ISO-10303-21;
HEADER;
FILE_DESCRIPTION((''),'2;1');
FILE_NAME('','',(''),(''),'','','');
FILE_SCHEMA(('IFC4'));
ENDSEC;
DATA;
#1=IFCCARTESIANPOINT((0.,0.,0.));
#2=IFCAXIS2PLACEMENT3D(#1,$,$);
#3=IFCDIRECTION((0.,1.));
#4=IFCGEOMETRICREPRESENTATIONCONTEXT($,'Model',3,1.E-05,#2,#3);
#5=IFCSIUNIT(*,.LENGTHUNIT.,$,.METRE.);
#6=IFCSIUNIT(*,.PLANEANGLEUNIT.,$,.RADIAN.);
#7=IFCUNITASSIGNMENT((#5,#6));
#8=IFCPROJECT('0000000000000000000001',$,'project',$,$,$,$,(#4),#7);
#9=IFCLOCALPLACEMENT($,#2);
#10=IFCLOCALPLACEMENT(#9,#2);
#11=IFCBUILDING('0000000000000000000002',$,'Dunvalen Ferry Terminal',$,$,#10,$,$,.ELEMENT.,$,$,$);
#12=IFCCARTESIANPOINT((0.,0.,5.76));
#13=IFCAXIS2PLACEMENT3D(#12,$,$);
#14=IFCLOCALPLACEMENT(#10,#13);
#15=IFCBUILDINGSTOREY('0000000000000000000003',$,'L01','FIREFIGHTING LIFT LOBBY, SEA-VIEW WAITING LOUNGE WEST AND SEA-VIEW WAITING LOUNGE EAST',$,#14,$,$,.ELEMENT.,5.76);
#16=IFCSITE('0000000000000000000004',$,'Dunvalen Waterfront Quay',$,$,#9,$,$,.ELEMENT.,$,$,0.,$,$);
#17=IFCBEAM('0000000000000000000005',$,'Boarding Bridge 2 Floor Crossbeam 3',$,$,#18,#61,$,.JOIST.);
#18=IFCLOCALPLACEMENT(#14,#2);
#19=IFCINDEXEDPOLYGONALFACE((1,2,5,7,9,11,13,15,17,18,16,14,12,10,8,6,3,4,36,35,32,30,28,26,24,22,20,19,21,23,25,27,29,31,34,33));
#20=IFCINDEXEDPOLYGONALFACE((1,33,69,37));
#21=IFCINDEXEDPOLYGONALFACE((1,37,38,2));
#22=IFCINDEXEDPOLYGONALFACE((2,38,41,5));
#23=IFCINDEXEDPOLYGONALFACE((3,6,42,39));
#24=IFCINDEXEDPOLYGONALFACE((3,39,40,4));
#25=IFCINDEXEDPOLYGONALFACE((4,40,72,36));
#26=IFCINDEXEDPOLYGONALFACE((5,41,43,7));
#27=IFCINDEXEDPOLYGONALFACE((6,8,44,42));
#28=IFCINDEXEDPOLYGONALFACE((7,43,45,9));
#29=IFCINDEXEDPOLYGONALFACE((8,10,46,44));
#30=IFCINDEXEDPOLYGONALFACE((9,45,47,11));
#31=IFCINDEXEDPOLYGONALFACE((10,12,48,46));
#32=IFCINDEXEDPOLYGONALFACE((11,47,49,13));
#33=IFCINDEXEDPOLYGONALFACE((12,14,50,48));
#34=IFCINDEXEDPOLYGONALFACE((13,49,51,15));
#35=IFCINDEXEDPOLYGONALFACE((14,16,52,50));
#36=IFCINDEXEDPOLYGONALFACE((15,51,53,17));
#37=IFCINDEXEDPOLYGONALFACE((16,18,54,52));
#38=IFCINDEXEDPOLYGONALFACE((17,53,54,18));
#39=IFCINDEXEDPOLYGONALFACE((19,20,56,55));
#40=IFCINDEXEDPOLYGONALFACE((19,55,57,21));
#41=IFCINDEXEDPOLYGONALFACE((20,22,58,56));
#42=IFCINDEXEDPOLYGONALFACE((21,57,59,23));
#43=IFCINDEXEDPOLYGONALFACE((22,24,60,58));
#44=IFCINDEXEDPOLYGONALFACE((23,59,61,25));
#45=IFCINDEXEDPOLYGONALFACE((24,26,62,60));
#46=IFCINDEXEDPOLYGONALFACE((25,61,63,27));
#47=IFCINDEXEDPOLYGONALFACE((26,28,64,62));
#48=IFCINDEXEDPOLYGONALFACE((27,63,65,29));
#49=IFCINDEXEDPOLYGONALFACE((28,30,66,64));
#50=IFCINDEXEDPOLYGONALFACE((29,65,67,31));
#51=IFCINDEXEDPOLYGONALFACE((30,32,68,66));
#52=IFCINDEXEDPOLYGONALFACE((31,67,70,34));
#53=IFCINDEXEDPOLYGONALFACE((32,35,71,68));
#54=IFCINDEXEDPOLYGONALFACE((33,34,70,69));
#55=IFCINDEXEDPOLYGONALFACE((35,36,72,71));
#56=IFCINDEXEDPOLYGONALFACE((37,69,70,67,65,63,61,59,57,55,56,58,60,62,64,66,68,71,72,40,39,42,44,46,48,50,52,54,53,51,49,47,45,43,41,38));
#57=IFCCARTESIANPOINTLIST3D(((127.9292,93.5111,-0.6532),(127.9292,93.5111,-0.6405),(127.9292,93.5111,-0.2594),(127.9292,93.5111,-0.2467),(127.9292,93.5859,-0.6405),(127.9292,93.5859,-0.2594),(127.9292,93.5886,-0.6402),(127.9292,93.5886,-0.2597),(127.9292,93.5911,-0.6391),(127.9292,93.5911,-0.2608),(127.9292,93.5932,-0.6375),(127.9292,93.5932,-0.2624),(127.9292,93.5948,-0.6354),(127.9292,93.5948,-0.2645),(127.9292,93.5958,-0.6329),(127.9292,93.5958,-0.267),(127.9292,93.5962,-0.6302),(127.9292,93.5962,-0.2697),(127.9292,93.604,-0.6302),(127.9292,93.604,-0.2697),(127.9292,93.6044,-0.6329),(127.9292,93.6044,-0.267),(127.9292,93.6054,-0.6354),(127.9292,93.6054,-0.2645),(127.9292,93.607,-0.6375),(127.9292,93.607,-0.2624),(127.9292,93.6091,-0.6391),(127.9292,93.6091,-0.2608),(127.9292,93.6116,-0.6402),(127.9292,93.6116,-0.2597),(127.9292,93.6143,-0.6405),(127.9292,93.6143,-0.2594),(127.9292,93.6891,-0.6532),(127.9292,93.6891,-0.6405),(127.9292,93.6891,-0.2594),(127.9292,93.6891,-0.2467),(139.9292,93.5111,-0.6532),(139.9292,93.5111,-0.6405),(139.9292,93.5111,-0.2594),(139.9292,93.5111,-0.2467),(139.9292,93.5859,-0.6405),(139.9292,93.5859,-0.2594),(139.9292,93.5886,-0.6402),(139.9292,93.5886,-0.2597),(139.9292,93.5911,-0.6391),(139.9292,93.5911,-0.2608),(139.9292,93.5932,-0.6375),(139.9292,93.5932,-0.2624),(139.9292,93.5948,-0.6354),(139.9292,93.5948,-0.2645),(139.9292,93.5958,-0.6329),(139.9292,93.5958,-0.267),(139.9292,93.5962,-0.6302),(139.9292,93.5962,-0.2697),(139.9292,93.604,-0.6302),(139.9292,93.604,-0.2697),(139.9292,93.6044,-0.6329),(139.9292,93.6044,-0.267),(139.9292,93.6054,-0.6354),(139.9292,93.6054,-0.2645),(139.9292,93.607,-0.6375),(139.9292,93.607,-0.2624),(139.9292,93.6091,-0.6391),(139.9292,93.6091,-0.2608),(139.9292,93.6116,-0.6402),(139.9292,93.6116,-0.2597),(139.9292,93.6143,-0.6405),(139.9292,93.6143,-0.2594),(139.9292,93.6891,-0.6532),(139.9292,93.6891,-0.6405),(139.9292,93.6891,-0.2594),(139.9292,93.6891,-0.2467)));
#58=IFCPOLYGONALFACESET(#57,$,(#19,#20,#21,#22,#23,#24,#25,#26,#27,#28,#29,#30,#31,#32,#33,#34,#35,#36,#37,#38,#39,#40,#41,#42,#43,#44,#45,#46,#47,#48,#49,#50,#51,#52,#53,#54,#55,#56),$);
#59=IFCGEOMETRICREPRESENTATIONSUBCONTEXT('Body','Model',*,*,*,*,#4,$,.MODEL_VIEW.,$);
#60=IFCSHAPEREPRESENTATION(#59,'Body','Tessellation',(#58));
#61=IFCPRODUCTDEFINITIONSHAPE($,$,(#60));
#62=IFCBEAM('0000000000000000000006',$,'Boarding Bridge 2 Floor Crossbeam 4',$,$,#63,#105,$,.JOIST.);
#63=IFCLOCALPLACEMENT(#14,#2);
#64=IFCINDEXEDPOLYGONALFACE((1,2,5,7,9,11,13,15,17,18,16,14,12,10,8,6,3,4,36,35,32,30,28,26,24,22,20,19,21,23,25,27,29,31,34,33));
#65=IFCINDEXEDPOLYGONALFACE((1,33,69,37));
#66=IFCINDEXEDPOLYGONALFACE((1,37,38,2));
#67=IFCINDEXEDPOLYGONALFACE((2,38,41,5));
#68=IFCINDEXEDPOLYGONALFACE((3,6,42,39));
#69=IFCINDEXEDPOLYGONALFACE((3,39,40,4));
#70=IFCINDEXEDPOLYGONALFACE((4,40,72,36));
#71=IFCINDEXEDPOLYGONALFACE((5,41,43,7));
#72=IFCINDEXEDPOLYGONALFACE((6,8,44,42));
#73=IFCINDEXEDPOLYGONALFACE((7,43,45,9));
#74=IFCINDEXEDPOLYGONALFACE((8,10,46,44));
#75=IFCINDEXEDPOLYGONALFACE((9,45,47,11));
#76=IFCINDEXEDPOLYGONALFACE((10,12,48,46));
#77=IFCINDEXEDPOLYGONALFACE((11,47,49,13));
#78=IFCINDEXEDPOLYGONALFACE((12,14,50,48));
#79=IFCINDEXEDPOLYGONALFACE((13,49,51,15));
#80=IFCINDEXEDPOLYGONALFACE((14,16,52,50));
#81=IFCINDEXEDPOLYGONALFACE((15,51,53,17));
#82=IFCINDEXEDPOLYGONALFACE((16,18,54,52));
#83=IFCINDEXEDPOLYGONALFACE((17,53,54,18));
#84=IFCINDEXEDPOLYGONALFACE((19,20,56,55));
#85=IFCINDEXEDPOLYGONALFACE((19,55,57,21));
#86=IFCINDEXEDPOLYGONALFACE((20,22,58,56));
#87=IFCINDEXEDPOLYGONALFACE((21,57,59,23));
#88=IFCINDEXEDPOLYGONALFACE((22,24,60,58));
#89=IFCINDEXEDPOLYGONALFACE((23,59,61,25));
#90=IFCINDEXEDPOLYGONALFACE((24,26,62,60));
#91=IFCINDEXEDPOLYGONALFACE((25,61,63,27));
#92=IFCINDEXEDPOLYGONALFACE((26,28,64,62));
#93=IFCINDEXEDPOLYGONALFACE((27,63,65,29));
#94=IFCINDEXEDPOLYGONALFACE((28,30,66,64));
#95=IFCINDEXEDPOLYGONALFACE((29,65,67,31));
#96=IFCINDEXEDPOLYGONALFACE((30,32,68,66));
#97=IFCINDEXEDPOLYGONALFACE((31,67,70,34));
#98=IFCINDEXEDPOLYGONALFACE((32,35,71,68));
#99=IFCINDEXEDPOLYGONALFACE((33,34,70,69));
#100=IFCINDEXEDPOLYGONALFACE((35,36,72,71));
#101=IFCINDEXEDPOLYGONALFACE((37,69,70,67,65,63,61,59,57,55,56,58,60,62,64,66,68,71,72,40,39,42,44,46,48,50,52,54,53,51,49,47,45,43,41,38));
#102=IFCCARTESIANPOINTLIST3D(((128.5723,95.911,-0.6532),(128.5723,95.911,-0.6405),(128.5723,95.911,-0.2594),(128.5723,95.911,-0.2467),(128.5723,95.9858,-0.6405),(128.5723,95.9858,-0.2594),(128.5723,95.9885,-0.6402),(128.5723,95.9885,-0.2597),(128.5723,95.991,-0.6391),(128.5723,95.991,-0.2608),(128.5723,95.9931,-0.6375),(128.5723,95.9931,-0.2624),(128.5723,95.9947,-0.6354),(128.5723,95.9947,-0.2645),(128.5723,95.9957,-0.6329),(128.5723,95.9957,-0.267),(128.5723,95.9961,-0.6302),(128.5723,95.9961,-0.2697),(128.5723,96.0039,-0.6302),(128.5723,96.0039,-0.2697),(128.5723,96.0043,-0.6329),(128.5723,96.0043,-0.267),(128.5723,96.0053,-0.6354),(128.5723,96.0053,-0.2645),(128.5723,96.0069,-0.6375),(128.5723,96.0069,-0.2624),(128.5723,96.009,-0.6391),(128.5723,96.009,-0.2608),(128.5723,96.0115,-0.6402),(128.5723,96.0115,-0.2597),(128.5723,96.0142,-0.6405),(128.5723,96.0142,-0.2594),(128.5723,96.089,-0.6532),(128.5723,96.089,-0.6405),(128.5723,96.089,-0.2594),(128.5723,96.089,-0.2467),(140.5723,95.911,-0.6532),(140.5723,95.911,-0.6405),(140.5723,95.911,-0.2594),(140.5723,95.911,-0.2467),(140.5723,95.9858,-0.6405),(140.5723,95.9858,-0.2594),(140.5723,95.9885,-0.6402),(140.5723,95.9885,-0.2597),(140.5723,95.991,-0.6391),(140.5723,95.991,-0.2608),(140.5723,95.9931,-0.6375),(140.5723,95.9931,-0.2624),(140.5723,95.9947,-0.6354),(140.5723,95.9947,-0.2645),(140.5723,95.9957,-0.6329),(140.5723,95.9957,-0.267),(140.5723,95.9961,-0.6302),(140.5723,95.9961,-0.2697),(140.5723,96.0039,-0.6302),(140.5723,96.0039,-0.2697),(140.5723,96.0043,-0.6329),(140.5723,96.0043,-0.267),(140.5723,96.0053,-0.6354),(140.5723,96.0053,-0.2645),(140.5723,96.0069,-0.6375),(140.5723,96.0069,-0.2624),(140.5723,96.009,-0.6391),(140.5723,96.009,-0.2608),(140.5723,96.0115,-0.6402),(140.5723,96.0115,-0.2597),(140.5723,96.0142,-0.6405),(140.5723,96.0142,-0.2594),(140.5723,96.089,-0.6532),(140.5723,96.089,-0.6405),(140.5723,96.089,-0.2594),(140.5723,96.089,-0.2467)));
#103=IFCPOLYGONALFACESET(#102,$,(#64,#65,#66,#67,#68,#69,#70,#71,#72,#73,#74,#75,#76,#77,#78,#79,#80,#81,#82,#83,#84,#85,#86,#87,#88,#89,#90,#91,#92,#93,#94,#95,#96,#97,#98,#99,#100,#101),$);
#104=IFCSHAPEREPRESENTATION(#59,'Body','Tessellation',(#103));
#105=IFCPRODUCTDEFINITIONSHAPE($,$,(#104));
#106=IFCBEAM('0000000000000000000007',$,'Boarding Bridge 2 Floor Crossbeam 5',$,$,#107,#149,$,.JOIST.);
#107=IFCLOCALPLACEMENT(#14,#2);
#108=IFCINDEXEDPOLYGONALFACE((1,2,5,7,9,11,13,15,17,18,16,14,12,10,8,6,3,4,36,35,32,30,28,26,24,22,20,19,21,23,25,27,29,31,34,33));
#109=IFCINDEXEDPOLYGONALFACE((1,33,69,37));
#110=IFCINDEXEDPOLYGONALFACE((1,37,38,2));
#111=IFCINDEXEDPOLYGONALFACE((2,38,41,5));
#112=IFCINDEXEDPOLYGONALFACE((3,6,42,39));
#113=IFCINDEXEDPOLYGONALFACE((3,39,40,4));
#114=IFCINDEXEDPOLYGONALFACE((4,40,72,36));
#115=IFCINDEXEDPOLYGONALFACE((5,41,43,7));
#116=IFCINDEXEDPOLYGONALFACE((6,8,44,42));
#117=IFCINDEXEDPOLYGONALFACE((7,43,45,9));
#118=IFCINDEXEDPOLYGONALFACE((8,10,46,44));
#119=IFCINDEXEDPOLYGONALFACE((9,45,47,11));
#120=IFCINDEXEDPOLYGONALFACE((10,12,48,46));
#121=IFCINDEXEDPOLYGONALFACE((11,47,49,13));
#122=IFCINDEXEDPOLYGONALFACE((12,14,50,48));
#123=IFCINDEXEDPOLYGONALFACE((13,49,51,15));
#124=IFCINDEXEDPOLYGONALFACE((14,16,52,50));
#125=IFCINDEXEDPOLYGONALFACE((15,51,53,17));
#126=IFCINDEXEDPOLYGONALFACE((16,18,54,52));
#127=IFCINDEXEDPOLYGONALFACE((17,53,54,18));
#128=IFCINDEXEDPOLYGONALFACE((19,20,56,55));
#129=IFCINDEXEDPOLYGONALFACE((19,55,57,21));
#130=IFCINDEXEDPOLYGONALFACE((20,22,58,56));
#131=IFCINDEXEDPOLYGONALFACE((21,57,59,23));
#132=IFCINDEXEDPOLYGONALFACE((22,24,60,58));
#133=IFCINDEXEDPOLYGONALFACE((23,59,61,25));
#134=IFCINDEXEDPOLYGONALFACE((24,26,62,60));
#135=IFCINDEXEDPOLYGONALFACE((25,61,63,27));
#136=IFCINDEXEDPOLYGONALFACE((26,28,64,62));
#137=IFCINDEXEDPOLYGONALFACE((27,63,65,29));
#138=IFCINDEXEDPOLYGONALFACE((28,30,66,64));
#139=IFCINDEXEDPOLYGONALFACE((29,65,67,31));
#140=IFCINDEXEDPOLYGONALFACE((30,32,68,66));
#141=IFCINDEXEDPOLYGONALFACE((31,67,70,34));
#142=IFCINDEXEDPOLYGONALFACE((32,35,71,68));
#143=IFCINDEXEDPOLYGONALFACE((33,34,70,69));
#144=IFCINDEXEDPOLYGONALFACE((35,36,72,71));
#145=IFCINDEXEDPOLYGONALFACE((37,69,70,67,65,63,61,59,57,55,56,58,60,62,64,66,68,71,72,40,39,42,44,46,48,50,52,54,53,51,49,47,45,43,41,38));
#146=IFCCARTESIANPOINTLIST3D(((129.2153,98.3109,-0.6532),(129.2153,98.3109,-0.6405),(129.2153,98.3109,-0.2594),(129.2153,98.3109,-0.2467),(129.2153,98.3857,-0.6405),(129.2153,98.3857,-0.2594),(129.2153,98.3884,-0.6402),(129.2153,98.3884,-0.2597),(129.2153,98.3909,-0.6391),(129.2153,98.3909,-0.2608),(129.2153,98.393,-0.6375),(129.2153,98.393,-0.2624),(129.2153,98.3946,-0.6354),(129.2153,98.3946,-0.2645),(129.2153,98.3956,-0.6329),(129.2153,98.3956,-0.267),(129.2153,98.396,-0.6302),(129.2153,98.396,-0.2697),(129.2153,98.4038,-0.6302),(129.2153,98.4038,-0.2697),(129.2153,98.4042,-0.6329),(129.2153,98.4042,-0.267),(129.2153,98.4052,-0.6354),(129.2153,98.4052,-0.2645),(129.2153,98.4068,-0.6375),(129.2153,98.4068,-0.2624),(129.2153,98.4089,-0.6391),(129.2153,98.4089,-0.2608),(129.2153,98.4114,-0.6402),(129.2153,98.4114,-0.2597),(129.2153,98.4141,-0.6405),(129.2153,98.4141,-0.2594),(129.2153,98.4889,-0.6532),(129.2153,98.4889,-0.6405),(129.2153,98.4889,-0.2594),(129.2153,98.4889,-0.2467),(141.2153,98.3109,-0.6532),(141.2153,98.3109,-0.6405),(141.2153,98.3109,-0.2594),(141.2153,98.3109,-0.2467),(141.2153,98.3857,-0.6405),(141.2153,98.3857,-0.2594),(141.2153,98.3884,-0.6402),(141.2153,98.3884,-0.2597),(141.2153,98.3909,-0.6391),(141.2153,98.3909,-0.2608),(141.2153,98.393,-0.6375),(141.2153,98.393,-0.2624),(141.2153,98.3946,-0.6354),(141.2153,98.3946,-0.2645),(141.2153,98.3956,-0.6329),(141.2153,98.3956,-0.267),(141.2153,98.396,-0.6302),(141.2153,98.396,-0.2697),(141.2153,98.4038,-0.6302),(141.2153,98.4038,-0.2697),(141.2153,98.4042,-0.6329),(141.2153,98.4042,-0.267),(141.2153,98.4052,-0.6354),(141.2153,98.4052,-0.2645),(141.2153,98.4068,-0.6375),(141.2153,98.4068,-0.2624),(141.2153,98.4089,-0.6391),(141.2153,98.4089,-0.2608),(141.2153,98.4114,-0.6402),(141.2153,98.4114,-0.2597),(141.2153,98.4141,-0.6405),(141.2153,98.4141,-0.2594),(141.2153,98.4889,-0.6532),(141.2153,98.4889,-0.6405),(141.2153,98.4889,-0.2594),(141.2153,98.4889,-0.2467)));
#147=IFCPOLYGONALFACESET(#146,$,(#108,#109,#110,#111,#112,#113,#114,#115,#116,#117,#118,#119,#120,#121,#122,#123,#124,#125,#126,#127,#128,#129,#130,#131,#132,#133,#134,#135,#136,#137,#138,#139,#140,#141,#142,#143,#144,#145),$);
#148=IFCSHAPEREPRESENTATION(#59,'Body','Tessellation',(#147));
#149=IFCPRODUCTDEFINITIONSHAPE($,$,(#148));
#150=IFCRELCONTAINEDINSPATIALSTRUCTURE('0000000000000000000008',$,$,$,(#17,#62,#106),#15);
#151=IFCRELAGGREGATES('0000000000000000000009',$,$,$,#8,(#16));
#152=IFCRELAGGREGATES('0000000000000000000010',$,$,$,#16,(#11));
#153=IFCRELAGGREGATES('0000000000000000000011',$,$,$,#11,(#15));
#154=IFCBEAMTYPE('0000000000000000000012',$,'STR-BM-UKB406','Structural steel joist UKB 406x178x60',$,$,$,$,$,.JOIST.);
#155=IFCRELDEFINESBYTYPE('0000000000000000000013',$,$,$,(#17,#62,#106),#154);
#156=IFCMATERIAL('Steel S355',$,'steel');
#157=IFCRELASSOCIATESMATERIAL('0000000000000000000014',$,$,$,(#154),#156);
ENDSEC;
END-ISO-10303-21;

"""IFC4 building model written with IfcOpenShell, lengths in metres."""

from ifc_helpers import new_model, si_unit, direction, frame, origin, origin_2d, place, context, subcontext, project, spatial, i_section, extrude, material, material_profile, profile_set, type_object, element, save


model = new_model("IFC4")

# Units and contexts
model_context = context("Model", 3, precision=1e-05, world=origin(), true_north=direction((0.0, 1.0)))
body_context = subcontext(model_context, "Body", "Model", "MODEL_VIEW")
ifc_project = project(units=[si_unit("LENGTHUNIT", "METRE"), si_unit("PLANEANGLEUNIT", "RADIAN")], contexts=[model_context])

# Site, building, storey
site_placement = place(None, origin())
site = spatial("IfcSite", under=ifc_project, at=site_placement, Name="Dunvalen Waterfront Quay", CompositionType="ELEMENT", RefElevation=0.0)
building_placement = place(site_placement, origin())
building = spatial("IfcBuilding", under=site, at=building_placement, Name="Dunvalen Ferry Terminal", CompositionType="ELEMENT")
storey_placement = place(building_placement, frame((0.0, 0.0, 5.76)))
storey = spatial("IfcBuildingStorey", under=building, at=storey_placement, Name="L01", Description="FIREFIGHTING LIFT LOBBY, SEA-VIEW WAITING LOUNGE WEST AND SEA-VIEW WAITING LOUNGE EAST", CompositionType="ELEMENT", Elevation=5.76)

# Beams
ifc_material_1 = material(Name="Steel S355", Category="steel")
ifc_material_profile_1 = material_profile(ifc_material_1, i_section(OverallWidth=0.178, OverallDepth=0.4065, WebThickness=0.0078, FlangeThickness=0.0127, FilletRadius=0.0103, at=origin_2d()), Name="Steel S355")
ifc_profile_set_1 = profile_set([ifc_material_profile_1], Name="Steel S355")
beam_type_1 = type_object("IfcBeamType", Name="STR-BM-UKB406", Description="Structural steel joist UKB 406x178x60", PredefinedType="JOIST", material=ifc_profile_set_1)
for number, where, z_axis, x_axis, name in (
    (1, (127.9292, 93.6001, -0.45), (1.0, 0.0, 0.0), (0.0, 1.0, 0.0), "Boarding Bridge 2 Floor Crossbeam 3"),
    (2, (128.5723, 96.0, -0.45), (1.0, 0.0, 0.0), (0.0, 1.0, 0.0), "Boarding Bridge 2 Floor Crossbeam 4"),
    (3, (129.2153, 98.3999, -0.45), (1.0, 0.0, 0.0), (0.0, 1.0, 0.0), "Boarding Bridge 2 Floor Crossbeam 5"),
):
    element("IfcBeam", number, at=place(storey_placement, frame(where, z_axis=z_axis, x_axis=x_axis)), inside=storey, type_object=beam_type_1, Name=name, PredefinedType="JOIST", context=body_context, shape_type="SweptSolid", body=[
        extrude(i_section(OverallWidth=0.178, OverallDepth=0.4065, WebThickness=0.0078, FlangeThickness=0.0127, FilletRadius=0.0103, at=origin_2d()), origin(), (0.0, 0.0, 1.0), 12.0),
    ])

save(model, "model.ifc")
